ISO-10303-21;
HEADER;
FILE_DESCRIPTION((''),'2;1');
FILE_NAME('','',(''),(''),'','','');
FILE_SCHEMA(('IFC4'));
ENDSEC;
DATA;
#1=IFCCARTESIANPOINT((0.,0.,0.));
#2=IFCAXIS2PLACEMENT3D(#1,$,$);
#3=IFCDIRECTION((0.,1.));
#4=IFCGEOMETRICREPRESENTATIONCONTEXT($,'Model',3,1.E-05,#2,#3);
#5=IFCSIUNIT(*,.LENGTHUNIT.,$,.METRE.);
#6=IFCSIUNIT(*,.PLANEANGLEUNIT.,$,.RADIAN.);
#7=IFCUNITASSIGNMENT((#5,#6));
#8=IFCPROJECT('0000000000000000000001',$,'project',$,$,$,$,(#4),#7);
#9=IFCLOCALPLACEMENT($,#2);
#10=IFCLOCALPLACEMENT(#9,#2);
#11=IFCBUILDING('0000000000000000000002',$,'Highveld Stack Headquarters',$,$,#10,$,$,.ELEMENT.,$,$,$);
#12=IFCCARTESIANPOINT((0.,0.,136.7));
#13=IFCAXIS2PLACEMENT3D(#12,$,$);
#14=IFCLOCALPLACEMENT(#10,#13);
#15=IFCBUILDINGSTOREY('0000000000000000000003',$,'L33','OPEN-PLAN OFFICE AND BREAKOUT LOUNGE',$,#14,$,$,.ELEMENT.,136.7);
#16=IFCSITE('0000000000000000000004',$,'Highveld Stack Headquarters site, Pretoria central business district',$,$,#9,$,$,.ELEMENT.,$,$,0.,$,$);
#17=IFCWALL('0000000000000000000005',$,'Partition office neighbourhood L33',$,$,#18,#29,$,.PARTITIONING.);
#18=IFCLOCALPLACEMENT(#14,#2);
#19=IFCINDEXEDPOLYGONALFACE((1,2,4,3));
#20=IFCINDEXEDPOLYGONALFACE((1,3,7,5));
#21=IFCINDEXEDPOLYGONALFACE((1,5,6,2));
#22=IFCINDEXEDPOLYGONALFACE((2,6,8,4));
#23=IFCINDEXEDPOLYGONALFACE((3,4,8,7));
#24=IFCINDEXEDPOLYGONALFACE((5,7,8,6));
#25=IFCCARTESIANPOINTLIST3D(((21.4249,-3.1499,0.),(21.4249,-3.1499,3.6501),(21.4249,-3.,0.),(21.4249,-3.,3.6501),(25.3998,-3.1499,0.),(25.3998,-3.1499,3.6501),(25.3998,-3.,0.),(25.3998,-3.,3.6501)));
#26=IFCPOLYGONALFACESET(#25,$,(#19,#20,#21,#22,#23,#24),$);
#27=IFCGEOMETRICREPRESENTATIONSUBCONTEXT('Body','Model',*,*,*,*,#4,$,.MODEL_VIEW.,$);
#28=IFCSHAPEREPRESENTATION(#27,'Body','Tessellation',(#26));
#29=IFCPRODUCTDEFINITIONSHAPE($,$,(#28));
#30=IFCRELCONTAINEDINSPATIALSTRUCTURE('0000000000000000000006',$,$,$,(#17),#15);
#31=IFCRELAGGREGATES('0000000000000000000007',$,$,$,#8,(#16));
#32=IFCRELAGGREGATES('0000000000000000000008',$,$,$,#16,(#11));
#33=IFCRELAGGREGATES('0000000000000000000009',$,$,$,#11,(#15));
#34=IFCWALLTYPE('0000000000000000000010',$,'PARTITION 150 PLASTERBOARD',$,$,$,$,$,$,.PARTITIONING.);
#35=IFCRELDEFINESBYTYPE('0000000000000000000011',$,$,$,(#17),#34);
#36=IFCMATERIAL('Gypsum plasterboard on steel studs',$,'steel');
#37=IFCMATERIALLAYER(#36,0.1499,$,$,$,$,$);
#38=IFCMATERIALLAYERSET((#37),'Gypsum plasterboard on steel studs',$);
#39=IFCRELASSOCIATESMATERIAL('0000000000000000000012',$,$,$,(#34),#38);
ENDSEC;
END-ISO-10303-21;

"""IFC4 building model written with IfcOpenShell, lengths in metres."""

from ifc_helpers import new_model, si_unit, direction, frame, frame_2d, origin, place, context, subcontext, project, spatial, rectangle, extrude, material, layer, layer_set, type_object, element, save


model = new_model("IFC4")

# Units and contexts
model_context = context("Model", 3, precision=1e-05, world=origin(), true_north=direction((0.0, 1.0)))
body_context = subcontext(model_context, "Body", "Model", "MODEL_VIEW")
ifc_project = project(units=[si_unit("LENGTHUNIT", "METRE"), si_unit("PLANEANGLEUNIT", "RADIAN")], contexts=[model_context])

# Site, building, storey
site_placement = place(None, origin())
site = spatial("IfcSite", under=ifc_project, at=site_placement, Name="Highveld Stack Headquarters site, Pretoria central business district", CompositionType="ELEMENT", RefElevation=0.0)
building_placement = place(site_placement, origin())
building = spatial("IfcBuilding", under=site, at=building_placement, Name="Highveld Stack Headquarters", CompositionType="ELEMENT")
storey_placement = place(building_placement, frame((0.0, 0.0, 136.7)))
storey = spatial("IfcBuildingStorey", under=building, at=storey_placement, Name="L33", Description="OPEN-PLAN OFFICE AND BREAKOUT LOUNGE", CompositionType="ELEMENT", Elevation=136.7)

# Wall
ifc_material_1 = material(Name="Gypsum plasterboard on steel studs", Category="steel")
ifc_layer_1 = layer(ifc_material_1, 0.1499)
ifc_layer_set_1 = layer_set([ifc_layer_1], Name="Gypsum plasterboard on steel studs")
wall_type_1 = type_object("IfcWallType", Name="PARTITION 150 PLASTERBOARD", PredefinedType="PARTITIONING", material=ifc_layer_set_1)
wall_1_placement = place(storey_placement, frame((21.425, -3.075, 0.0), z_axis=(0.0, 0.0, 1.0), x_axis=(1.0, 0.0, 0.0)))
element("IfcWall", 1, at=wall_1_placement, inside=storey, type_object=wall_type_1, Name="Partition office neighbourhood L33", PredefinedType="PARTITIONING", context=body_context, shape_type="SweptSolid", body=[
    extrude(rectangle(XDim=3.9749, YDim=0.1499, at=frame_2d((1.9873, 0.0))), origin(), (0.0, 0.0, 1.0), 3.6501),
])

save(model, "model.ifc")
